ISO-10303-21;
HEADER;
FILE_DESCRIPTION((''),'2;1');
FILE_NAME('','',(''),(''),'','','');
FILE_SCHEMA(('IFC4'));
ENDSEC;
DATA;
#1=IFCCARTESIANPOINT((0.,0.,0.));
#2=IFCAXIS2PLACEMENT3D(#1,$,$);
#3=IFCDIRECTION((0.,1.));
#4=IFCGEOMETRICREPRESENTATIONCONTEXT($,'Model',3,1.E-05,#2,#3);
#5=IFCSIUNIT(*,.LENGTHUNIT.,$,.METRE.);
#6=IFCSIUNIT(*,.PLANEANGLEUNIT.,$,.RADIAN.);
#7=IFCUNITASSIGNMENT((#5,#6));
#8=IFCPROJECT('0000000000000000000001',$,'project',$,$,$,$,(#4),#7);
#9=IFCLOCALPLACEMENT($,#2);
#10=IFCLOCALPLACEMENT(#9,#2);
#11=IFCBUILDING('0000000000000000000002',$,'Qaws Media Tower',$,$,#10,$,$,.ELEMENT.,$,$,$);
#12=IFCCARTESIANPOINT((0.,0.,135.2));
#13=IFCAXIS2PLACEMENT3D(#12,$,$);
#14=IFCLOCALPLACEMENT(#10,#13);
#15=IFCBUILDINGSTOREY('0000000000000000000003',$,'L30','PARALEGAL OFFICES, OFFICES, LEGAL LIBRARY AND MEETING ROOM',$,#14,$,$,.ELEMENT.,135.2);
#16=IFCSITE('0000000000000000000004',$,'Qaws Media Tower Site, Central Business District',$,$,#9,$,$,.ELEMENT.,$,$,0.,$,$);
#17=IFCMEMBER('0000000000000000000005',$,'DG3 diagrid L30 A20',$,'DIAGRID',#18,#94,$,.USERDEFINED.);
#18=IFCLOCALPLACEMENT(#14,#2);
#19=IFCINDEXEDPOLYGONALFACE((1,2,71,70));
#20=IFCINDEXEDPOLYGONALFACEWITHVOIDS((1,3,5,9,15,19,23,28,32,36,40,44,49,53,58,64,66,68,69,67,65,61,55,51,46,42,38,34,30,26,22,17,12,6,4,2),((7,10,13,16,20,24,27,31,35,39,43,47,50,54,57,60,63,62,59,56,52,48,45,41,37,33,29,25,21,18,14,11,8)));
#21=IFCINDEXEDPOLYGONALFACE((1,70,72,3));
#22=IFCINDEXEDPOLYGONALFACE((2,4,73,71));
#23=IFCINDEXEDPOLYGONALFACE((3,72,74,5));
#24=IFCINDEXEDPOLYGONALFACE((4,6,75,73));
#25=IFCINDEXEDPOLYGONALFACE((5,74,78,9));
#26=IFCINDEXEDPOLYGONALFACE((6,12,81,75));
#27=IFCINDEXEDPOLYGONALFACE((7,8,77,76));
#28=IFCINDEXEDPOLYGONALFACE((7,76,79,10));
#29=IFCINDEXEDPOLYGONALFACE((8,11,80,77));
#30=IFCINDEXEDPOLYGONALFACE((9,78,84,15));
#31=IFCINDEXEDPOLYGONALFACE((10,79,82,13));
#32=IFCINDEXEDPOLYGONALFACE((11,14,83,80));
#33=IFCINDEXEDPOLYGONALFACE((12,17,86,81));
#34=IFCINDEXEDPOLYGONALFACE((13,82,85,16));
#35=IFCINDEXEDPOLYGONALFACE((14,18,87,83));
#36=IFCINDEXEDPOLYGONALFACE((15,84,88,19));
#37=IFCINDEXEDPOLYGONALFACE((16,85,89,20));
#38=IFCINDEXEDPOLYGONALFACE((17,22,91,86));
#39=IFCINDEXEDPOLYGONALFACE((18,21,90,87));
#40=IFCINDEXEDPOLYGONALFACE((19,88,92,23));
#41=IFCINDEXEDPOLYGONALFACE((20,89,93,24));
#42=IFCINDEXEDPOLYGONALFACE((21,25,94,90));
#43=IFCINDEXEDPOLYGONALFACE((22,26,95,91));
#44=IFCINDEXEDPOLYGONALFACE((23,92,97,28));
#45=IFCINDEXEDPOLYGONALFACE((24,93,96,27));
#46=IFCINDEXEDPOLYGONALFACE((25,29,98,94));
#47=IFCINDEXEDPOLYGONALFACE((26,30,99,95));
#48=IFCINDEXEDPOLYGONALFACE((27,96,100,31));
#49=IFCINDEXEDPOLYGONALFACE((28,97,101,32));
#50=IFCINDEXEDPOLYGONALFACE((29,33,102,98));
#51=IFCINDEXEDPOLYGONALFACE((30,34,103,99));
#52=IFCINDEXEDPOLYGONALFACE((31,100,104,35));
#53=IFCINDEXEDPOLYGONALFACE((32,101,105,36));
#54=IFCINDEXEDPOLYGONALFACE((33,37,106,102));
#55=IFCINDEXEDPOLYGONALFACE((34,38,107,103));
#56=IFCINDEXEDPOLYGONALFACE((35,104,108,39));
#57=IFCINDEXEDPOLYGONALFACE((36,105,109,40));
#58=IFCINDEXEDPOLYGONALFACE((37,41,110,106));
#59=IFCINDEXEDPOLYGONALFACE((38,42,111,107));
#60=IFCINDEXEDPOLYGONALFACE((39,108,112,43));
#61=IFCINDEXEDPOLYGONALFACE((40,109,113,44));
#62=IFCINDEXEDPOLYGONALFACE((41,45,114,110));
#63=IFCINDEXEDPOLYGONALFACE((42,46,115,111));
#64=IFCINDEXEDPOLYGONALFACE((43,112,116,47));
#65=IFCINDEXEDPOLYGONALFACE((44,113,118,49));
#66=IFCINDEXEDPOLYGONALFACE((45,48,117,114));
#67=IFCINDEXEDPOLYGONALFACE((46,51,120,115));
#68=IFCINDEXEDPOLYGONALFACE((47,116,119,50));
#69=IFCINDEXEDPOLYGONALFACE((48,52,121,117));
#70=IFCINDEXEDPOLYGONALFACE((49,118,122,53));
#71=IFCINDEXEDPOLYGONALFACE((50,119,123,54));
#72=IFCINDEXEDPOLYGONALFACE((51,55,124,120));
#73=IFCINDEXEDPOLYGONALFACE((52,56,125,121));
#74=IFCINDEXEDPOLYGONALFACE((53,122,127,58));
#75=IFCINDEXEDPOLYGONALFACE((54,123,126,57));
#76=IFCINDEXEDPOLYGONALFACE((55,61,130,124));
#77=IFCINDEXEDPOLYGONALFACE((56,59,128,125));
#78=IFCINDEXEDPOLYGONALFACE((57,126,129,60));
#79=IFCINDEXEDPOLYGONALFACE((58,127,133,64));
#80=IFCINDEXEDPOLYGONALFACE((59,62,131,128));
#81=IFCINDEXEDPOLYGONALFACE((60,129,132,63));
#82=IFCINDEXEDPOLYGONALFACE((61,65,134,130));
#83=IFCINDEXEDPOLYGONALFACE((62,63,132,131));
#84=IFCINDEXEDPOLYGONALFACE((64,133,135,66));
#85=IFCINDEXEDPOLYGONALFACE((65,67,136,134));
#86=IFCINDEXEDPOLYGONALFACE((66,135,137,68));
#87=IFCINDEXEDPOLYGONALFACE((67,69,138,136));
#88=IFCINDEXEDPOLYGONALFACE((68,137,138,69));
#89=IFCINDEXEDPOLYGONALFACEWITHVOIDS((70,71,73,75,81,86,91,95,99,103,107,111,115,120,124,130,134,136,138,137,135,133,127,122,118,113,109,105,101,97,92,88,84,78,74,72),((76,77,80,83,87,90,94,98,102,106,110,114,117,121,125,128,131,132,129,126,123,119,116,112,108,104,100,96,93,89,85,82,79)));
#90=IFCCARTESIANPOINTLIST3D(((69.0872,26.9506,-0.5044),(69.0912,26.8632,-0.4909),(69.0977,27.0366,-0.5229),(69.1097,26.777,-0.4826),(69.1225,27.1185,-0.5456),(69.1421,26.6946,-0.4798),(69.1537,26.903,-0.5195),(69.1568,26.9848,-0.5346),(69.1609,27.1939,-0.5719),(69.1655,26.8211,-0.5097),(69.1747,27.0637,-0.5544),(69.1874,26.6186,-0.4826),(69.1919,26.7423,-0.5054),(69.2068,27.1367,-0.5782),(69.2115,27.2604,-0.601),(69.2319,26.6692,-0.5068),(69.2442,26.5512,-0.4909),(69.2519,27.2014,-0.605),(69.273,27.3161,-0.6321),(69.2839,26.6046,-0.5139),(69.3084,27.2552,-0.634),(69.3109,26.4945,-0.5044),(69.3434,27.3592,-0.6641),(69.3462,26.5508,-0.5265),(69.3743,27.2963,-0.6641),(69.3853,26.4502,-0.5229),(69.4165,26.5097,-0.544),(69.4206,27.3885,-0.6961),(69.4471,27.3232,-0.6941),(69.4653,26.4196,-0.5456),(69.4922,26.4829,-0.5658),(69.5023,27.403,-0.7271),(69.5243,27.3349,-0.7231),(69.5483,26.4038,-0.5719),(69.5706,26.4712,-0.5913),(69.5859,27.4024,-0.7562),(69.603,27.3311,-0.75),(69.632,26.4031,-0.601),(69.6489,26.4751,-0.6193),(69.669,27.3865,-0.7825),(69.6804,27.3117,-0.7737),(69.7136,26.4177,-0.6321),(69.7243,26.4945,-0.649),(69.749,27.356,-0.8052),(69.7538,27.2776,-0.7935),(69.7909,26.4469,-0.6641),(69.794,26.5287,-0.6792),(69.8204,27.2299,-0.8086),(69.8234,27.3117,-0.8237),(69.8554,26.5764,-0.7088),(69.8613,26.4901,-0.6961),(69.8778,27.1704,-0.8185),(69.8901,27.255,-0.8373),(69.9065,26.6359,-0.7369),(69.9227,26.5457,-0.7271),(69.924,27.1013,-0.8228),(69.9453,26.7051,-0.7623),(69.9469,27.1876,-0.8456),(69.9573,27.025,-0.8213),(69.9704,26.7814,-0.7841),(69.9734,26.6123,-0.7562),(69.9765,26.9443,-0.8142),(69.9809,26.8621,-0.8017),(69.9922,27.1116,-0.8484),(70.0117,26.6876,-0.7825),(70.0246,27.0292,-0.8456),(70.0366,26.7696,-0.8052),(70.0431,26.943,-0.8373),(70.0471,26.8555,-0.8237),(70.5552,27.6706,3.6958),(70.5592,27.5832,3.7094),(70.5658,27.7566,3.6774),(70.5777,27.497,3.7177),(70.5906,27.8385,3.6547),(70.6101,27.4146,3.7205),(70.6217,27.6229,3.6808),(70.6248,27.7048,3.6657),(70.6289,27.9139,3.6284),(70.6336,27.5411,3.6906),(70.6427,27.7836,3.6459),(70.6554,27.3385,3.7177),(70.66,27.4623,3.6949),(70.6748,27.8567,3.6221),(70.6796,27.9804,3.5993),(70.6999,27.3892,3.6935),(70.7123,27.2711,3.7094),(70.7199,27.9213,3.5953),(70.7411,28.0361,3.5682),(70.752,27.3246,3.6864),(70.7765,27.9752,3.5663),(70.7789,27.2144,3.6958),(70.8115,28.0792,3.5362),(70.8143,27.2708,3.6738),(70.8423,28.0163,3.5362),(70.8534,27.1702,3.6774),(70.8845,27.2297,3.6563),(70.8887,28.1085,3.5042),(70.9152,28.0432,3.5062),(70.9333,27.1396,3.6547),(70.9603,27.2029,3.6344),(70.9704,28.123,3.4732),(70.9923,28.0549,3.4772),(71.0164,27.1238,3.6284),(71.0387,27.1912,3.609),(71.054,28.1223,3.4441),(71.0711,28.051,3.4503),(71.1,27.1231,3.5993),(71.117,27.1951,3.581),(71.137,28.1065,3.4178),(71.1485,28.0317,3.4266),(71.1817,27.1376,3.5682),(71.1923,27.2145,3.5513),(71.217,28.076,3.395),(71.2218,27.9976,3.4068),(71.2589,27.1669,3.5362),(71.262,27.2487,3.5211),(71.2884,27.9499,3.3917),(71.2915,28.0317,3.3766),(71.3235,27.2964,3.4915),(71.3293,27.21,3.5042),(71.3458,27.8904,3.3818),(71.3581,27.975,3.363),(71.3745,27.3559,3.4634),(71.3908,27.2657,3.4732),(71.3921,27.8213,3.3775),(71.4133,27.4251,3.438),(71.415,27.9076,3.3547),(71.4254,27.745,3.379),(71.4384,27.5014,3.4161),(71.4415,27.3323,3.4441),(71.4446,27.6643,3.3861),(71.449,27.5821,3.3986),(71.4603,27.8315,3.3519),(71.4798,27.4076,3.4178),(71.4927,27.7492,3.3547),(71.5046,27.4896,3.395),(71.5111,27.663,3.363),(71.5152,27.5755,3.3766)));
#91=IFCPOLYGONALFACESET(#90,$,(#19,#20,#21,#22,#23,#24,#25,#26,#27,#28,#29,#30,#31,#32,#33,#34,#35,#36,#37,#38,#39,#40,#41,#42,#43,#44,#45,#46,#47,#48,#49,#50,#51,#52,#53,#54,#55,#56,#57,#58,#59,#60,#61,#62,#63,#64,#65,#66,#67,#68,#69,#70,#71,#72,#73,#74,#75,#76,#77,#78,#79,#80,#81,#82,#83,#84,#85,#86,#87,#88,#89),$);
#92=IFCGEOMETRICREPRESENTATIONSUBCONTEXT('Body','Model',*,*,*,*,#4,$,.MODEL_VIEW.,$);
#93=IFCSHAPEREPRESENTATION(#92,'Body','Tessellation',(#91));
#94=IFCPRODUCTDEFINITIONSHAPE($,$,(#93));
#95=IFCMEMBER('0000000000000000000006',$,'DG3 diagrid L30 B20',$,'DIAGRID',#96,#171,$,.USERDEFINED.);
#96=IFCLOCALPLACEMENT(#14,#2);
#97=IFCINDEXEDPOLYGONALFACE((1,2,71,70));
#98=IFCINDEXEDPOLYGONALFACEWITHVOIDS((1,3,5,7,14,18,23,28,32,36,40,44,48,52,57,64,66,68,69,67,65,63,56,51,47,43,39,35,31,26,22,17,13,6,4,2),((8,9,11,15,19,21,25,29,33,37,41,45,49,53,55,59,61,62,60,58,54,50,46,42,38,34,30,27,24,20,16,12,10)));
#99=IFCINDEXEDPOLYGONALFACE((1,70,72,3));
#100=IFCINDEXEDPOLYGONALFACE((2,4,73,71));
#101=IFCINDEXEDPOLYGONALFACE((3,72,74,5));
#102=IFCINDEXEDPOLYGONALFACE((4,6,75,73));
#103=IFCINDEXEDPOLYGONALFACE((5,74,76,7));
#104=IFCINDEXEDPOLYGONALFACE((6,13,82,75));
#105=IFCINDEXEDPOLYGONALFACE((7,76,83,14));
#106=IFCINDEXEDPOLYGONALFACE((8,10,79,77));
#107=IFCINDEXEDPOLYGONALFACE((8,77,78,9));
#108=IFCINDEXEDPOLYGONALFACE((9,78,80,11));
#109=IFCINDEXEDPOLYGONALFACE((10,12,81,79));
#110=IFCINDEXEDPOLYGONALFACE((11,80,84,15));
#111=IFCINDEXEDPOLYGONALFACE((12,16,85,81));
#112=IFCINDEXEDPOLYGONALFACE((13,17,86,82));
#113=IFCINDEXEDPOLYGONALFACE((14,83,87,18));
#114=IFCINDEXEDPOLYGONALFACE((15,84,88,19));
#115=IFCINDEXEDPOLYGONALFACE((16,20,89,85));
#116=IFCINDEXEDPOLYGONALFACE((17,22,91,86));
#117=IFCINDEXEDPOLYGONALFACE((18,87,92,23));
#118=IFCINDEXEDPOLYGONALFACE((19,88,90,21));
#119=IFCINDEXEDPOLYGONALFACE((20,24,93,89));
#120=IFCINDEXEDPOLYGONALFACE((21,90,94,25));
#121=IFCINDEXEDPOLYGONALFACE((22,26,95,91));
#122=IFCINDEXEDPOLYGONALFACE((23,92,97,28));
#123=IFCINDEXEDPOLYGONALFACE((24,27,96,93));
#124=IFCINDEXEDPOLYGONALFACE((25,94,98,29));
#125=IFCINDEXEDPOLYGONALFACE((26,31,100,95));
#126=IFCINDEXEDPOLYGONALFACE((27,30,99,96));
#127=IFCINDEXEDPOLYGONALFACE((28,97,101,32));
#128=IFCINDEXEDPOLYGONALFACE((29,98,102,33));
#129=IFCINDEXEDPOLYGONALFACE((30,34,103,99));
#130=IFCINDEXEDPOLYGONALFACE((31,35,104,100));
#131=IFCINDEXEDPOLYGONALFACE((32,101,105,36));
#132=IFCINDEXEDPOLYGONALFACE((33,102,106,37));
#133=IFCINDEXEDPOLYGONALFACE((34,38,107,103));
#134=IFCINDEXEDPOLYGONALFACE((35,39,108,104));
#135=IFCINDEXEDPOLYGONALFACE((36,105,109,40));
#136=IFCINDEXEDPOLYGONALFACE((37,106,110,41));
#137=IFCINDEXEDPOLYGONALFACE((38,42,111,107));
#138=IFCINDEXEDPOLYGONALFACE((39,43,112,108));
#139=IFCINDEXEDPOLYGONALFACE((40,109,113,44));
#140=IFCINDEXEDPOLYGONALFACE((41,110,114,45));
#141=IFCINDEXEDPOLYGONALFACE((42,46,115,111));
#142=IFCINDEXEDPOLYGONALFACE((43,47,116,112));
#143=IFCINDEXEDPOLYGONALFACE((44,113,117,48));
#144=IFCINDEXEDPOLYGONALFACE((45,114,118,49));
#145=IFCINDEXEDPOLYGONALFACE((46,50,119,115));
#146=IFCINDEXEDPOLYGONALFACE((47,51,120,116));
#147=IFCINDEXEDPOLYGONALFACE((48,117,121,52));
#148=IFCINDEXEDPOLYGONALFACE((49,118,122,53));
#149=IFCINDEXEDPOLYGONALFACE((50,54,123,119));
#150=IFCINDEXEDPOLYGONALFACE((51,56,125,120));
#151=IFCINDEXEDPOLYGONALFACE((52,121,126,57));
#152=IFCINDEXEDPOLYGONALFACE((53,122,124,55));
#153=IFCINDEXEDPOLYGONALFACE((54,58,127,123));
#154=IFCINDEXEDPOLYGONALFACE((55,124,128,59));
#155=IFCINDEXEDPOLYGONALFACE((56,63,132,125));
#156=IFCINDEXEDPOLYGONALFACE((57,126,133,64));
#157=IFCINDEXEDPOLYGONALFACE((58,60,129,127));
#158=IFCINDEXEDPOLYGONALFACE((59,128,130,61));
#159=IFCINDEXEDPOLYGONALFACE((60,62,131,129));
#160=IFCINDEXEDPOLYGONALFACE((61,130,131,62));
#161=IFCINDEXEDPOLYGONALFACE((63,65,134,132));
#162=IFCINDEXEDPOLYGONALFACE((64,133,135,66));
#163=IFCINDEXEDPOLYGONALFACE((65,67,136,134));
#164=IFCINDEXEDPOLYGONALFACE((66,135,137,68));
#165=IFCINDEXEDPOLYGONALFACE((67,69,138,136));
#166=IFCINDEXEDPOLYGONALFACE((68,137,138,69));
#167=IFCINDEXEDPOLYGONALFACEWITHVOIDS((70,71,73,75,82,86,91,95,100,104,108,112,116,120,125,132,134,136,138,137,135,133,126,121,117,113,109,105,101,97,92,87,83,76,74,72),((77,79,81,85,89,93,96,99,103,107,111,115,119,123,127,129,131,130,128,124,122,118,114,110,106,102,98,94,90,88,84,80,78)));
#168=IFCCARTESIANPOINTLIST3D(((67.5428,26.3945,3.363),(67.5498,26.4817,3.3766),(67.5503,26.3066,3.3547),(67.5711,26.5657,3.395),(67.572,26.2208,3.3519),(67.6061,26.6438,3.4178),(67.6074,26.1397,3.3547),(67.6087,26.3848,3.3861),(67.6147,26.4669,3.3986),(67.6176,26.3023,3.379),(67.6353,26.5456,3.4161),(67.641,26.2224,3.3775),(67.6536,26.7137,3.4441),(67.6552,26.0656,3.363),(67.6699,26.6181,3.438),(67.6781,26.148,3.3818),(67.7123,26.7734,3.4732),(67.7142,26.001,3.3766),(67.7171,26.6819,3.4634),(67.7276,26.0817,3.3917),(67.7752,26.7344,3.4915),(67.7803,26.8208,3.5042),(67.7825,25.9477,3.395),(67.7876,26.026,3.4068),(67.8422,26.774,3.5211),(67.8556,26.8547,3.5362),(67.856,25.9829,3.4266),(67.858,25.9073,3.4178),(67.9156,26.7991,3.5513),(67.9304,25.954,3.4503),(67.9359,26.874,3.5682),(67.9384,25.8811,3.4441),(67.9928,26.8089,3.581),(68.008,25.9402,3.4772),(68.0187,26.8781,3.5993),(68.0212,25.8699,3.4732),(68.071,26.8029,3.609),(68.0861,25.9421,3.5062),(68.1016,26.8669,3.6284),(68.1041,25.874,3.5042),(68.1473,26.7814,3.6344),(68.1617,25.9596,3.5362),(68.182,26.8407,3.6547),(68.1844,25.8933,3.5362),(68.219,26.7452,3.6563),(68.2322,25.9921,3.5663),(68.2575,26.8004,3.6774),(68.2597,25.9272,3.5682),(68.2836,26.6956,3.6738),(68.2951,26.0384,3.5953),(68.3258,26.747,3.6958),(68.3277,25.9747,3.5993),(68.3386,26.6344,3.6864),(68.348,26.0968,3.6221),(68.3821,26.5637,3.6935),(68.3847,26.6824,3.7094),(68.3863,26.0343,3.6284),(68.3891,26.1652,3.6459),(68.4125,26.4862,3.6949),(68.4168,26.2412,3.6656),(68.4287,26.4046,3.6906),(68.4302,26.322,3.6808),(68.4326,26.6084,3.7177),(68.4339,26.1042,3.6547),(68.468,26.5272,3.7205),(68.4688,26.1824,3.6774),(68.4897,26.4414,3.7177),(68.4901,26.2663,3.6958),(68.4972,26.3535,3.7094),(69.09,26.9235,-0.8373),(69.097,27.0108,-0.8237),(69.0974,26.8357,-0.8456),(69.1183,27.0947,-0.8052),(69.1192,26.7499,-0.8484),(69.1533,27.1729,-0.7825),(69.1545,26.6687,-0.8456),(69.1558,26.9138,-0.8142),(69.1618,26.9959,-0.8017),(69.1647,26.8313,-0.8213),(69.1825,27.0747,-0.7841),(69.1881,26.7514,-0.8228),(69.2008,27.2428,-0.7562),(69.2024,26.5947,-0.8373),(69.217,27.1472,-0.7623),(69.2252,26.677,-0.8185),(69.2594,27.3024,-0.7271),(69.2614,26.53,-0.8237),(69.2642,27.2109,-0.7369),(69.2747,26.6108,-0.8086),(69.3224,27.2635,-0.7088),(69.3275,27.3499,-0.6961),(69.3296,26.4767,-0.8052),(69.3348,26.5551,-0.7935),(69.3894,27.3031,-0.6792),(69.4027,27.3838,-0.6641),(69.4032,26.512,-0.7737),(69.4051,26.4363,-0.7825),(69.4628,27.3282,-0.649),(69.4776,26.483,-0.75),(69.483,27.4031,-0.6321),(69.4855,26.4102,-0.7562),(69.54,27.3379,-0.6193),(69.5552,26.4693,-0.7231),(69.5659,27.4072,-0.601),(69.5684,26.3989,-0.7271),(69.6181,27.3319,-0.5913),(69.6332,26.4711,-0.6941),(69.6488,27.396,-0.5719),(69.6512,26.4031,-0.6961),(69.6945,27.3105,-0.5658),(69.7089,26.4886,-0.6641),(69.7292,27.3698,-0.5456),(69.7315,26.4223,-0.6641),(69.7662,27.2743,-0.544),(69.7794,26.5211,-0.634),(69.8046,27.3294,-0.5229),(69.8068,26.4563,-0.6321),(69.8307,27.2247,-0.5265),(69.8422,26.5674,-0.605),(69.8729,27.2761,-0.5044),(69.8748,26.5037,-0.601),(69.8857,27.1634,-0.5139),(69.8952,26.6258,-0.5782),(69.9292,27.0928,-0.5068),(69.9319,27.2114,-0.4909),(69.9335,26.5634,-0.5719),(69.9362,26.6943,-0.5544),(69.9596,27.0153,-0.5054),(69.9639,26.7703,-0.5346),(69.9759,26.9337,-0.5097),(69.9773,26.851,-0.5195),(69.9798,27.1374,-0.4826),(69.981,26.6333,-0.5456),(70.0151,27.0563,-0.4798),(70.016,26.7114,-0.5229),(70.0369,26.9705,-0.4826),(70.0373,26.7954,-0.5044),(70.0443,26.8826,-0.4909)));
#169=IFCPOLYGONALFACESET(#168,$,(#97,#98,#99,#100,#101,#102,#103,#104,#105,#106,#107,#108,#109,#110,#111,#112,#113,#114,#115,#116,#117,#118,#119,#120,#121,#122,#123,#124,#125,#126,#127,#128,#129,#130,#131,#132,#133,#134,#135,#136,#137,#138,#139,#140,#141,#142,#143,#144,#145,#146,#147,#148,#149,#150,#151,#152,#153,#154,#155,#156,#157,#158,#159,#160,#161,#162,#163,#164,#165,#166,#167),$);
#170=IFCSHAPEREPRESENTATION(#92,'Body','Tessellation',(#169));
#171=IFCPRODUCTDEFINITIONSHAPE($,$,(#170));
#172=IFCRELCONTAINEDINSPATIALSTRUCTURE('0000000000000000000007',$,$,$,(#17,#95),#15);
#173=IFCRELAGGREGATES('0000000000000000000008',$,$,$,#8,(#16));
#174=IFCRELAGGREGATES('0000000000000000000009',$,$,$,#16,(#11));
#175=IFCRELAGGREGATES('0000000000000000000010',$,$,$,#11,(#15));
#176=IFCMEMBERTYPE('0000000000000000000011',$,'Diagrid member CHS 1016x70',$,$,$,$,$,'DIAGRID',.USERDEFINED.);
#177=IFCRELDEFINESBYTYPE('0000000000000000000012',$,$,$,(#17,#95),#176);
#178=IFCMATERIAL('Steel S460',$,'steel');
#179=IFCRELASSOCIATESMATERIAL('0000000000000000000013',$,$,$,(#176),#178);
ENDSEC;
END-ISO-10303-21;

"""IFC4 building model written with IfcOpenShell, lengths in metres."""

from ifc_helpers import new_model, si_unit, direction, frame, origin, origin_2d, place, context, subcontext, project, spatial, hollow_circle, extrude, material, material_profile, profile_set, type_object, element, save


model = new_model("IFC4")

# Units and contexts
model_context = context("Model", 3, precision=1e-05, world=origin(), true_north=direction((0.0, 1.0)))
body_context = subcontext(model_context, "Body", "Model", "MODEL_VIEW")
ifc_project = project(units=[si_unit("LENGTHUNIT", "METRE"), si_unit("PLANEANGLEUNIT", "RADIAN")], contexts=[model_context])

# Site, building, storey
site_placement = place(None, origin())
site = spatial("IfcSite", under=ifc_project, at=site_placement, Name="Qaws Media Tower Site, Central Business District", CompositionType="ELEMENT", RefElevation=0.0)
building_placement = place(site_placement, origin())
building = spatial("IfcBuilding", under=site, at=building_placement, Name="Qaws Media Tower", CompositionType="ELEMENT")
storey_placement = place(building_placement, frame((0.0, 0.0, 135.2)))
storey = spatial("IfcBuildingStorey", under=building, at=storey_placement, Name="L30", Description="PARALEGAL OFFICES, OFFICES, LEGAL LIBRARY AND MEETING ROOM", CompositionType="ELEMENT", Elevation=135.2)

# Members
ifc_material_1 = material(Name="Steel S460", Category="steel")
ifc_material_profile_1 = material_profile(ifc_material_1, hollow_circle(Radius=0.5081, WallThickness=0.0701, at=origin_2d()), Name="CHS 1016x70")
ifc_profile_set_1 = profile_set([ifc_material_profile_1], Name="Steel S460")
member_type_1 = type_object("IfcMemberType", Name="Diagrid member CHS 1016x70", ElementType="DIAGRID", PredefinedType="USERDEFINED", material=ifc_profile_set_1)
for number, where, z_axis, x_axis, name in (
    (1, (69.5671, 26.9031, -0.6641), (0.325703, 0.159737, 0.931881), (-0.440332, 0.897835, 0.0), "DG3 diagrid L30 A20"),
    (2, (69.5671, 26.9031, -0.6641), (-0.343253, -0.117379, 0.93188), (0.323565, -0.946206, 0.0), "DG3 diagrid L30 B20"),
):
    element("IfcMember", number, at=place(storey_placement, frame(where, z_axis=z_axis, x_axis=x_axis)), inside=storey, type_object=member_type_1, Name=name, ObjectType="DIAGRID", PredefinedType="USERDEFINED", context=body_context, shape_type="SweptSolid", body=[
        extrude(hollow_circle(Radius=0.5081, WallThickness=0.0701, at=origin_2d()), origin(), (0.0, 0.0, 1.0), 4.5073),
    ])

save(model, "model.ifc")
